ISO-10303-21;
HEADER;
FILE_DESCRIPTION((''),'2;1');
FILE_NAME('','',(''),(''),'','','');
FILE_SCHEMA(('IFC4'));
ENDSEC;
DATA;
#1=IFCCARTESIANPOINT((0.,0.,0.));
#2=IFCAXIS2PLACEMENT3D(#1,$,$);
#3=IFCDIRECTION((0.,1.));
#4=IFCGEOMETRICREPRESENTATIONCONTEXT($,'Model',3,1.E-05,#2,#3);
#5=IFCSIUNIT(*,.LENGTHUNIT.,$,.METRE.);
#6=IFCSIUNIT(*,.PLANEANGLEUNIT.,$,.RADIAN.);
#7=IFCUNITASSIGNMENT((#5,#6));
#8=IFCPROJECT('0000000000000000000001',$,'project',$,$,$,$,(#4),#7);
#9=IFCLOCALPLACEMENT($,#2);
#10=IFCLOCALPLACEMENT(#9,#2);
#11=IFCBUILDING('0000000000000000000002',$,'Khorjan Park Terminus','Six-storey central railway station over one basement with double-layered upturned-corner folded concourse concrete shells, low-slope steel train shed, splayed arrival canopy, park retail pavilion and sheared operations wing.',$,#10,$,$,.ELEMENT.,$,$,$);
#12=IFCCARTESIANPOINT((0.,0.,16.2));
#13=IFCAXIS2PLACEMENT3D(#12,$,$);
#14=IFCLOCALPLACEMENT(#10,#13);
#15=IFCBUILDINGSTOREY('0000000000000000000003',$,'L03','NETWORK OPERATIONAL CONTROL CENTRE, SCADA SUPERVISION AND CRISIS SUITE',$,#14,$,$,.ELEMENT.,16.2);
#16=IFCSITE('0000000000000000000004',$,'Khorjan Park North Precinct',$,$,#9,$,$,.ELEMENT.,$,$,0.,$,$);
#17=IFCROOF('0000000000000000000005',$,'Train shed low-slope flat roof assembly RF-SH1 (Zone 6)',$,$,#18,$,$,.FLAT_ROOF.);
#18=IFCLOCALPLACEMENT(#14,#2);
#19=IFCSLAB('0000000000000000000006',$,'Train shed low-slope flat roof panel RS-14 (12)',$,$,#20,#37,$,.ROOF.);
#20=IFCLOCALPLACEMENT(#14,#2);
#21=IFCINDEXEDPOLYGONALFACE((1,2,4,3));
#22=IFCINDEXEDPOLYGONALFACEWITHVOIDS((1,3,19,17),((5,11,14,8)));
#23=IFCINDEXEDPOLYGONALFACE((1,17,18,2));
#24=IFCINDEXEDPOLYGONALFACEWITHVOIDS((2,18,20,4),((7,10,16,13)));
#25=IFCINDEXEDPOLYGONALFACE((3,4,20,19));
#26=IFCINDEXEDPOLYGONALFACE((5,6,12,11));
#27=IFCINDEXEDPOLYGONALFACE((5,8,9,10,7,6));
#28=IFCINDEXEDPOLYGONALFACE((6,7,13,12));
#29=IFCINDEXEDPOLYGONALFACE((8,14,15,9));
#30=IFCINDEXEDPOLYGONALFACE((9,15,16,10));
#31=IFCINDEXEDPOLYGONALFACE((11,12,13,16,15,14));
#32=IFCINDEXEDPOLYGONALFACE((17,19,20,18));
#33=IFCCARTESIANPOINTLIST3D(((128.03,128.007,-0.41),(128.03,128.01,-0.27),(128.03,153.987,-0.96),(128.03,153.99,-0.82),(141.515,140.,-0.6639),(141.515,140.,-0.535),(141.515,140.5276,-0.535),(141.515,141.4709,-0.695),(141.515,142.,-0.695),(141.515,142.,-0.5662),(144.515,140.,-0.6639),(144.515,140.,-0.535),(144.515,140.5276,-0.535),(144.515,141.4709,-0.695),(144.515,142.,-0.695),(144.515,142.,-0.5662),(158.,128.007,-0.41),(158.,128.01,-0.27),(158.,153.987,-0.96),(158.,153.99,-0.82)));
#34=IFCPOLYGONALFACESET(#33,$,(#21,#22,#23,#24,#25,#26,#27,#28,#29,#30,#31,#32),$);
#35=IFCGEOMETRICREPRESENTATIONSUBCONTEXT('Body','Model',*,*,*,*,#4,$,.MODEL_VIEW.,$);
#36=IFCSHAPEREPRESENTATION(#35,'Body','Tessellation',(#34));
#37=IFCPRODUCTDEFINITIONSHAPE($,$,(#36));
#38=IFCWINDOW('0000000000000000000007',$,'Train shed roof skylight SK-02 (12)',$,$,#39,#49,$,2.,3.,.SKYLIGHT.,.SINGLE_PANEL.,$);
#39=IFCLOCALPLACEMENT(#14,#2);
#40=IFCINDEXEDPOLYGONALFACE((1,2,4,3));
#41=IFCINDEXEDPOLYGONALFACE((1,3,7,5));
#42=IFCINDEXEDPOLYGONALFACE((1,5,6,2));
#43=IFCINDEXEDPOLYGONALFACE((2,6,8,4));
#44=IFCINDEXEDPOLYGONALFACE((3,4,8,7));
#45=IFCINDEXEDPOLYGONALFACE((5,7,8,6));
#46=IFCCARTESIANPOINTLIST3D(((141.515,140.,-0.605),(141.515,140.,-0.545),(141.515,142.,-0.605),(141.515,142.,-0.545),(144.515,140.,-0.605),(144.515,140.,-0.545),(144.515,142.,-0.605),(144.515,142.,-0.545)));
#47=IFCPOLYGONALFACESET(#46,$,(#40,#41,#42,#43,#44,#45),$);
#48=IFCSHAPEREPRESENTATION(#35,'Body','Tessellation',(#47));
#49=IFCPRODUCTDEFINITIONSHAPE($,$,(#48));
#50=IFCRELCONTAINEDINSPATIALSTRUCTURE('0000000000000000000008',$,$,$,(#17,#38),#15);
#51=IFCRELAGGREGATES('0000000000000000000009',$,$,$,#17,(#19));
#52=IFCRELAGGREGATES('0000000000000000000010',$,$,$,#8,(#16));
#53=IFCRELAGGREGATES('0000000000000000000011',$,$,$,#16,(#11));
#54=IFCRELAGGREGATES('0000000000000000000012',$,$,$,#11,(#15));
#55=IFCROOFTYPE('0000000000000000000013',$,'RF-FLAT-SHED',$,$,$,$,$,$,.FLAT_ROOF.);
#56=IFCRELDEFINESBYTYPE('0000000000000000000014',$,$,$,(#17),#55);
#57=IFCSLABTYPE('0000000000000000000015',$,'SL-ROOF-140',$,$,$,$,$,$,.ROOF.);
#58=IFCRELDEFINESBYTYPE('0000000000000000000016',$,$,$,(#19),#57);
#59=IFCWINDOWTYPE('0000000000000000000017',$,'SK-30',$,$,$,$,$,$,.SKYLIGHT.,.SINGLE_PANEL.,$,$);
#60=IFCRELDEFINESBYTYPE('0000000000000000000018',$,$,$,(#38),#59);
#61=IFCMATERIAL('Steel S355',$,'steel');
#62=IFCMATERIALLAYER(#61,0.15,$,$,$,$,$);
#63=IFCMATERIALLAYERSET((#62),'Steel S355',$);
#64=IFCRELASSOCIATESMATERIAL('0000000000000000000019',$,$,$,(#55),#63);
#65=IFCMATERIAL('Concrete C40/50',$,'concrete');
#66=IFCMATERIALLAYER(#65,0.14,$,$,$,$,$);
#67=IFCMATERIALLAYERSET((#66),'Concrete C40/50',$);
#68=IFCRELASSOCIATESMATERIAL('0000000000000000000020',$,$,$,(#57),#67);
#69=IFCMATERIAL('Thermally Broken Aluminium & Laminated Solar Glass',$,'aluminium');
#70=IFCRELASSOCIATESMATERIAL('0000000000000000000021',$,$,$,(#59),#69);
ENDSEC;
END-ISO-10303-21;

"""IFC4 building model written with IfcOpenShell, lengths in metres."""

from ifc_helpers import new_model, si_unit, direction, frame, origin, origin_2d, place, context, subcontext, project, spatial, polyline, rectangle, outline, extrude, material, layer, layer_set, type_object, element, fill, aggregate, save


model = new_model("IFC4")

# Units and contexts
model_context = context("Model", 3, precision=1e-05, world=origin(), true_north=direction((0.0, 1.0)))
body_context = subcontext(model_context, "Body", "Model", "MODEL_VIEW")
ifc_project = project(units=[si_unit("LENGTHUNIT", "METRE"), si_unit("PLANEANGLEUNIT", "RADIAN")], contexts=[model_context])

# Site, building, storey
site_placement = place(None, origin())
site = spatial("IfcSite", under=ifc_project, at=site_placement, Name="Khorjan Park North Precinct", CompositionType="ELEMENT", RefElevation=0.0)
building_placement = place(site_placement, origin())
building = spatial("IfcBuilding", under=site, at=building_placement, Name="Khorjan Park Terminus", Description="Six-storey central railway station over one basement with double-layered upturned-corner folded concourse concrete shells, low-slope steel train shed, splayed arrival canopy, park retail pavilion and sheared operations wing.", CompositionType="ELEMENT")
storey_placement = place(building_placement, frame((0.0, 0.0, 16.2)))
storey = spatial("IfcBuildingStorey", under=building, at=storey_placement, Name="L03", Description="NETWORK OPERATIONAL CONTROL CENTRE, SCADA SUPERVISION AND CRISIS SUITE", CompositionType="ELEMENT", Elevation=16.2)

# Shared definitions
ifc_material_1 = material(Name="Steel S355", Category="steel")

# Roof, slab, opening, window
ifc_layer_1 = layer(ifc_material_1, 0.15)
ifc_layer_set_1 = layer_set([ifc_layer_1], Name="Steel S355")
roof_type = type_object("IfcRoofType", Name="RF-FLAT-SHED", PredefinedType="FLAT_ROOF", material=ifc_layer_set_1)
roof_placement = place(storey_placement, origin())
roof = element("IfcRoof", 1, at=roof_placement, inside=storey, type_object=roof_type, Name="Train shed low-slope flat roof assembly RF-SH1 (Zone 6)", PredefinedType="FLAT_ROOF")
ifc_material_2 = material(Name="Concrete C40/50", Category="concrete")
ifc_layer_2 = layer(ifc_material_2, 0.14)
ifc_layer_set_2 = layer_set([ifc_layer_2], Name="Concrete C40/50")
slab_type = type_object("IfcSlabType", Name="SL-ROOF-140", PredefinedType="ROOF", material=ifc_layer_set_2)
slab_placement = place(storey_placement, frame((128.03, 128.01, -0.27), z_axis=(0.0, 0.021165, 0.999776), x_axis=(1.0, 0.0, 0.0)))
slab = element("IfcSlab", 2, at=slab_placement, type_object=slab_type, Name="Train shed low-slope flat roof panel RS-14 (12)", PredefinedType="ROOF", context=body_context, shape_type="SweptSolid", body=[
    extrude(outline(polyline([(0.0, 0.0), (29.97, 0.0), (29.97, 25.9858), (0.0, 25.9858), (0.0, 0.0)])), origin(), (0.0, 0.0, -1.0), 0.14),
])
opening_placement = place(storey_placement, frame((143.015, 141.0, -0.685), z_axis=(0.0, 0.0, 1.0), x_axis=(1.0, 0.0, 0.0)))
opening = element("IfcOpeningElement", 3, at=opening_placement, cuts=slab, PredefinedType="OPENING", context=body_context, shape_type="SweptSolid", body=[
    extrude(rectangle(XDim=3.0, YDim=2.0, at=origin_2d()), frame((0.0, 0.0, -0.01)), (0.0, 0.0, 1.0), 0.16),
])
ifc_material_3 = material(Name="Thermally Broken Aluminium & Laminated Solar Glass", Category="aluminium")
window_type = type_object("IfcWindowType", Name="SK-30", PartitioningType="SINGLE_PANEL", PredefinedType="SKYLIGHT", material=ifc_material_3)
window_placement = place(opening_placement, frame((0.0, 0.0, 0.08)))
window = element("IfcWindow", 4, at=window_placement, inside=storey, type_object=window_type, Name="Train shed roof skylight SK-02 (12)", OverallHeight=2.0, OverallWidth=3.0, PartitioningType="SINGLE_PANEL", PredefinedType="SKYLIGHT", context=body_context, shape_type="SweptSolid", body=[
    extrude(rectangle(XDim=3.0, YDim=2.0, at=origin_2d()), origin(), (0.0, 0.0, 1.0), 0.06),
])
fill(opening, window)
aggregate(roof, [slab])

save(model, "model.ifc")
